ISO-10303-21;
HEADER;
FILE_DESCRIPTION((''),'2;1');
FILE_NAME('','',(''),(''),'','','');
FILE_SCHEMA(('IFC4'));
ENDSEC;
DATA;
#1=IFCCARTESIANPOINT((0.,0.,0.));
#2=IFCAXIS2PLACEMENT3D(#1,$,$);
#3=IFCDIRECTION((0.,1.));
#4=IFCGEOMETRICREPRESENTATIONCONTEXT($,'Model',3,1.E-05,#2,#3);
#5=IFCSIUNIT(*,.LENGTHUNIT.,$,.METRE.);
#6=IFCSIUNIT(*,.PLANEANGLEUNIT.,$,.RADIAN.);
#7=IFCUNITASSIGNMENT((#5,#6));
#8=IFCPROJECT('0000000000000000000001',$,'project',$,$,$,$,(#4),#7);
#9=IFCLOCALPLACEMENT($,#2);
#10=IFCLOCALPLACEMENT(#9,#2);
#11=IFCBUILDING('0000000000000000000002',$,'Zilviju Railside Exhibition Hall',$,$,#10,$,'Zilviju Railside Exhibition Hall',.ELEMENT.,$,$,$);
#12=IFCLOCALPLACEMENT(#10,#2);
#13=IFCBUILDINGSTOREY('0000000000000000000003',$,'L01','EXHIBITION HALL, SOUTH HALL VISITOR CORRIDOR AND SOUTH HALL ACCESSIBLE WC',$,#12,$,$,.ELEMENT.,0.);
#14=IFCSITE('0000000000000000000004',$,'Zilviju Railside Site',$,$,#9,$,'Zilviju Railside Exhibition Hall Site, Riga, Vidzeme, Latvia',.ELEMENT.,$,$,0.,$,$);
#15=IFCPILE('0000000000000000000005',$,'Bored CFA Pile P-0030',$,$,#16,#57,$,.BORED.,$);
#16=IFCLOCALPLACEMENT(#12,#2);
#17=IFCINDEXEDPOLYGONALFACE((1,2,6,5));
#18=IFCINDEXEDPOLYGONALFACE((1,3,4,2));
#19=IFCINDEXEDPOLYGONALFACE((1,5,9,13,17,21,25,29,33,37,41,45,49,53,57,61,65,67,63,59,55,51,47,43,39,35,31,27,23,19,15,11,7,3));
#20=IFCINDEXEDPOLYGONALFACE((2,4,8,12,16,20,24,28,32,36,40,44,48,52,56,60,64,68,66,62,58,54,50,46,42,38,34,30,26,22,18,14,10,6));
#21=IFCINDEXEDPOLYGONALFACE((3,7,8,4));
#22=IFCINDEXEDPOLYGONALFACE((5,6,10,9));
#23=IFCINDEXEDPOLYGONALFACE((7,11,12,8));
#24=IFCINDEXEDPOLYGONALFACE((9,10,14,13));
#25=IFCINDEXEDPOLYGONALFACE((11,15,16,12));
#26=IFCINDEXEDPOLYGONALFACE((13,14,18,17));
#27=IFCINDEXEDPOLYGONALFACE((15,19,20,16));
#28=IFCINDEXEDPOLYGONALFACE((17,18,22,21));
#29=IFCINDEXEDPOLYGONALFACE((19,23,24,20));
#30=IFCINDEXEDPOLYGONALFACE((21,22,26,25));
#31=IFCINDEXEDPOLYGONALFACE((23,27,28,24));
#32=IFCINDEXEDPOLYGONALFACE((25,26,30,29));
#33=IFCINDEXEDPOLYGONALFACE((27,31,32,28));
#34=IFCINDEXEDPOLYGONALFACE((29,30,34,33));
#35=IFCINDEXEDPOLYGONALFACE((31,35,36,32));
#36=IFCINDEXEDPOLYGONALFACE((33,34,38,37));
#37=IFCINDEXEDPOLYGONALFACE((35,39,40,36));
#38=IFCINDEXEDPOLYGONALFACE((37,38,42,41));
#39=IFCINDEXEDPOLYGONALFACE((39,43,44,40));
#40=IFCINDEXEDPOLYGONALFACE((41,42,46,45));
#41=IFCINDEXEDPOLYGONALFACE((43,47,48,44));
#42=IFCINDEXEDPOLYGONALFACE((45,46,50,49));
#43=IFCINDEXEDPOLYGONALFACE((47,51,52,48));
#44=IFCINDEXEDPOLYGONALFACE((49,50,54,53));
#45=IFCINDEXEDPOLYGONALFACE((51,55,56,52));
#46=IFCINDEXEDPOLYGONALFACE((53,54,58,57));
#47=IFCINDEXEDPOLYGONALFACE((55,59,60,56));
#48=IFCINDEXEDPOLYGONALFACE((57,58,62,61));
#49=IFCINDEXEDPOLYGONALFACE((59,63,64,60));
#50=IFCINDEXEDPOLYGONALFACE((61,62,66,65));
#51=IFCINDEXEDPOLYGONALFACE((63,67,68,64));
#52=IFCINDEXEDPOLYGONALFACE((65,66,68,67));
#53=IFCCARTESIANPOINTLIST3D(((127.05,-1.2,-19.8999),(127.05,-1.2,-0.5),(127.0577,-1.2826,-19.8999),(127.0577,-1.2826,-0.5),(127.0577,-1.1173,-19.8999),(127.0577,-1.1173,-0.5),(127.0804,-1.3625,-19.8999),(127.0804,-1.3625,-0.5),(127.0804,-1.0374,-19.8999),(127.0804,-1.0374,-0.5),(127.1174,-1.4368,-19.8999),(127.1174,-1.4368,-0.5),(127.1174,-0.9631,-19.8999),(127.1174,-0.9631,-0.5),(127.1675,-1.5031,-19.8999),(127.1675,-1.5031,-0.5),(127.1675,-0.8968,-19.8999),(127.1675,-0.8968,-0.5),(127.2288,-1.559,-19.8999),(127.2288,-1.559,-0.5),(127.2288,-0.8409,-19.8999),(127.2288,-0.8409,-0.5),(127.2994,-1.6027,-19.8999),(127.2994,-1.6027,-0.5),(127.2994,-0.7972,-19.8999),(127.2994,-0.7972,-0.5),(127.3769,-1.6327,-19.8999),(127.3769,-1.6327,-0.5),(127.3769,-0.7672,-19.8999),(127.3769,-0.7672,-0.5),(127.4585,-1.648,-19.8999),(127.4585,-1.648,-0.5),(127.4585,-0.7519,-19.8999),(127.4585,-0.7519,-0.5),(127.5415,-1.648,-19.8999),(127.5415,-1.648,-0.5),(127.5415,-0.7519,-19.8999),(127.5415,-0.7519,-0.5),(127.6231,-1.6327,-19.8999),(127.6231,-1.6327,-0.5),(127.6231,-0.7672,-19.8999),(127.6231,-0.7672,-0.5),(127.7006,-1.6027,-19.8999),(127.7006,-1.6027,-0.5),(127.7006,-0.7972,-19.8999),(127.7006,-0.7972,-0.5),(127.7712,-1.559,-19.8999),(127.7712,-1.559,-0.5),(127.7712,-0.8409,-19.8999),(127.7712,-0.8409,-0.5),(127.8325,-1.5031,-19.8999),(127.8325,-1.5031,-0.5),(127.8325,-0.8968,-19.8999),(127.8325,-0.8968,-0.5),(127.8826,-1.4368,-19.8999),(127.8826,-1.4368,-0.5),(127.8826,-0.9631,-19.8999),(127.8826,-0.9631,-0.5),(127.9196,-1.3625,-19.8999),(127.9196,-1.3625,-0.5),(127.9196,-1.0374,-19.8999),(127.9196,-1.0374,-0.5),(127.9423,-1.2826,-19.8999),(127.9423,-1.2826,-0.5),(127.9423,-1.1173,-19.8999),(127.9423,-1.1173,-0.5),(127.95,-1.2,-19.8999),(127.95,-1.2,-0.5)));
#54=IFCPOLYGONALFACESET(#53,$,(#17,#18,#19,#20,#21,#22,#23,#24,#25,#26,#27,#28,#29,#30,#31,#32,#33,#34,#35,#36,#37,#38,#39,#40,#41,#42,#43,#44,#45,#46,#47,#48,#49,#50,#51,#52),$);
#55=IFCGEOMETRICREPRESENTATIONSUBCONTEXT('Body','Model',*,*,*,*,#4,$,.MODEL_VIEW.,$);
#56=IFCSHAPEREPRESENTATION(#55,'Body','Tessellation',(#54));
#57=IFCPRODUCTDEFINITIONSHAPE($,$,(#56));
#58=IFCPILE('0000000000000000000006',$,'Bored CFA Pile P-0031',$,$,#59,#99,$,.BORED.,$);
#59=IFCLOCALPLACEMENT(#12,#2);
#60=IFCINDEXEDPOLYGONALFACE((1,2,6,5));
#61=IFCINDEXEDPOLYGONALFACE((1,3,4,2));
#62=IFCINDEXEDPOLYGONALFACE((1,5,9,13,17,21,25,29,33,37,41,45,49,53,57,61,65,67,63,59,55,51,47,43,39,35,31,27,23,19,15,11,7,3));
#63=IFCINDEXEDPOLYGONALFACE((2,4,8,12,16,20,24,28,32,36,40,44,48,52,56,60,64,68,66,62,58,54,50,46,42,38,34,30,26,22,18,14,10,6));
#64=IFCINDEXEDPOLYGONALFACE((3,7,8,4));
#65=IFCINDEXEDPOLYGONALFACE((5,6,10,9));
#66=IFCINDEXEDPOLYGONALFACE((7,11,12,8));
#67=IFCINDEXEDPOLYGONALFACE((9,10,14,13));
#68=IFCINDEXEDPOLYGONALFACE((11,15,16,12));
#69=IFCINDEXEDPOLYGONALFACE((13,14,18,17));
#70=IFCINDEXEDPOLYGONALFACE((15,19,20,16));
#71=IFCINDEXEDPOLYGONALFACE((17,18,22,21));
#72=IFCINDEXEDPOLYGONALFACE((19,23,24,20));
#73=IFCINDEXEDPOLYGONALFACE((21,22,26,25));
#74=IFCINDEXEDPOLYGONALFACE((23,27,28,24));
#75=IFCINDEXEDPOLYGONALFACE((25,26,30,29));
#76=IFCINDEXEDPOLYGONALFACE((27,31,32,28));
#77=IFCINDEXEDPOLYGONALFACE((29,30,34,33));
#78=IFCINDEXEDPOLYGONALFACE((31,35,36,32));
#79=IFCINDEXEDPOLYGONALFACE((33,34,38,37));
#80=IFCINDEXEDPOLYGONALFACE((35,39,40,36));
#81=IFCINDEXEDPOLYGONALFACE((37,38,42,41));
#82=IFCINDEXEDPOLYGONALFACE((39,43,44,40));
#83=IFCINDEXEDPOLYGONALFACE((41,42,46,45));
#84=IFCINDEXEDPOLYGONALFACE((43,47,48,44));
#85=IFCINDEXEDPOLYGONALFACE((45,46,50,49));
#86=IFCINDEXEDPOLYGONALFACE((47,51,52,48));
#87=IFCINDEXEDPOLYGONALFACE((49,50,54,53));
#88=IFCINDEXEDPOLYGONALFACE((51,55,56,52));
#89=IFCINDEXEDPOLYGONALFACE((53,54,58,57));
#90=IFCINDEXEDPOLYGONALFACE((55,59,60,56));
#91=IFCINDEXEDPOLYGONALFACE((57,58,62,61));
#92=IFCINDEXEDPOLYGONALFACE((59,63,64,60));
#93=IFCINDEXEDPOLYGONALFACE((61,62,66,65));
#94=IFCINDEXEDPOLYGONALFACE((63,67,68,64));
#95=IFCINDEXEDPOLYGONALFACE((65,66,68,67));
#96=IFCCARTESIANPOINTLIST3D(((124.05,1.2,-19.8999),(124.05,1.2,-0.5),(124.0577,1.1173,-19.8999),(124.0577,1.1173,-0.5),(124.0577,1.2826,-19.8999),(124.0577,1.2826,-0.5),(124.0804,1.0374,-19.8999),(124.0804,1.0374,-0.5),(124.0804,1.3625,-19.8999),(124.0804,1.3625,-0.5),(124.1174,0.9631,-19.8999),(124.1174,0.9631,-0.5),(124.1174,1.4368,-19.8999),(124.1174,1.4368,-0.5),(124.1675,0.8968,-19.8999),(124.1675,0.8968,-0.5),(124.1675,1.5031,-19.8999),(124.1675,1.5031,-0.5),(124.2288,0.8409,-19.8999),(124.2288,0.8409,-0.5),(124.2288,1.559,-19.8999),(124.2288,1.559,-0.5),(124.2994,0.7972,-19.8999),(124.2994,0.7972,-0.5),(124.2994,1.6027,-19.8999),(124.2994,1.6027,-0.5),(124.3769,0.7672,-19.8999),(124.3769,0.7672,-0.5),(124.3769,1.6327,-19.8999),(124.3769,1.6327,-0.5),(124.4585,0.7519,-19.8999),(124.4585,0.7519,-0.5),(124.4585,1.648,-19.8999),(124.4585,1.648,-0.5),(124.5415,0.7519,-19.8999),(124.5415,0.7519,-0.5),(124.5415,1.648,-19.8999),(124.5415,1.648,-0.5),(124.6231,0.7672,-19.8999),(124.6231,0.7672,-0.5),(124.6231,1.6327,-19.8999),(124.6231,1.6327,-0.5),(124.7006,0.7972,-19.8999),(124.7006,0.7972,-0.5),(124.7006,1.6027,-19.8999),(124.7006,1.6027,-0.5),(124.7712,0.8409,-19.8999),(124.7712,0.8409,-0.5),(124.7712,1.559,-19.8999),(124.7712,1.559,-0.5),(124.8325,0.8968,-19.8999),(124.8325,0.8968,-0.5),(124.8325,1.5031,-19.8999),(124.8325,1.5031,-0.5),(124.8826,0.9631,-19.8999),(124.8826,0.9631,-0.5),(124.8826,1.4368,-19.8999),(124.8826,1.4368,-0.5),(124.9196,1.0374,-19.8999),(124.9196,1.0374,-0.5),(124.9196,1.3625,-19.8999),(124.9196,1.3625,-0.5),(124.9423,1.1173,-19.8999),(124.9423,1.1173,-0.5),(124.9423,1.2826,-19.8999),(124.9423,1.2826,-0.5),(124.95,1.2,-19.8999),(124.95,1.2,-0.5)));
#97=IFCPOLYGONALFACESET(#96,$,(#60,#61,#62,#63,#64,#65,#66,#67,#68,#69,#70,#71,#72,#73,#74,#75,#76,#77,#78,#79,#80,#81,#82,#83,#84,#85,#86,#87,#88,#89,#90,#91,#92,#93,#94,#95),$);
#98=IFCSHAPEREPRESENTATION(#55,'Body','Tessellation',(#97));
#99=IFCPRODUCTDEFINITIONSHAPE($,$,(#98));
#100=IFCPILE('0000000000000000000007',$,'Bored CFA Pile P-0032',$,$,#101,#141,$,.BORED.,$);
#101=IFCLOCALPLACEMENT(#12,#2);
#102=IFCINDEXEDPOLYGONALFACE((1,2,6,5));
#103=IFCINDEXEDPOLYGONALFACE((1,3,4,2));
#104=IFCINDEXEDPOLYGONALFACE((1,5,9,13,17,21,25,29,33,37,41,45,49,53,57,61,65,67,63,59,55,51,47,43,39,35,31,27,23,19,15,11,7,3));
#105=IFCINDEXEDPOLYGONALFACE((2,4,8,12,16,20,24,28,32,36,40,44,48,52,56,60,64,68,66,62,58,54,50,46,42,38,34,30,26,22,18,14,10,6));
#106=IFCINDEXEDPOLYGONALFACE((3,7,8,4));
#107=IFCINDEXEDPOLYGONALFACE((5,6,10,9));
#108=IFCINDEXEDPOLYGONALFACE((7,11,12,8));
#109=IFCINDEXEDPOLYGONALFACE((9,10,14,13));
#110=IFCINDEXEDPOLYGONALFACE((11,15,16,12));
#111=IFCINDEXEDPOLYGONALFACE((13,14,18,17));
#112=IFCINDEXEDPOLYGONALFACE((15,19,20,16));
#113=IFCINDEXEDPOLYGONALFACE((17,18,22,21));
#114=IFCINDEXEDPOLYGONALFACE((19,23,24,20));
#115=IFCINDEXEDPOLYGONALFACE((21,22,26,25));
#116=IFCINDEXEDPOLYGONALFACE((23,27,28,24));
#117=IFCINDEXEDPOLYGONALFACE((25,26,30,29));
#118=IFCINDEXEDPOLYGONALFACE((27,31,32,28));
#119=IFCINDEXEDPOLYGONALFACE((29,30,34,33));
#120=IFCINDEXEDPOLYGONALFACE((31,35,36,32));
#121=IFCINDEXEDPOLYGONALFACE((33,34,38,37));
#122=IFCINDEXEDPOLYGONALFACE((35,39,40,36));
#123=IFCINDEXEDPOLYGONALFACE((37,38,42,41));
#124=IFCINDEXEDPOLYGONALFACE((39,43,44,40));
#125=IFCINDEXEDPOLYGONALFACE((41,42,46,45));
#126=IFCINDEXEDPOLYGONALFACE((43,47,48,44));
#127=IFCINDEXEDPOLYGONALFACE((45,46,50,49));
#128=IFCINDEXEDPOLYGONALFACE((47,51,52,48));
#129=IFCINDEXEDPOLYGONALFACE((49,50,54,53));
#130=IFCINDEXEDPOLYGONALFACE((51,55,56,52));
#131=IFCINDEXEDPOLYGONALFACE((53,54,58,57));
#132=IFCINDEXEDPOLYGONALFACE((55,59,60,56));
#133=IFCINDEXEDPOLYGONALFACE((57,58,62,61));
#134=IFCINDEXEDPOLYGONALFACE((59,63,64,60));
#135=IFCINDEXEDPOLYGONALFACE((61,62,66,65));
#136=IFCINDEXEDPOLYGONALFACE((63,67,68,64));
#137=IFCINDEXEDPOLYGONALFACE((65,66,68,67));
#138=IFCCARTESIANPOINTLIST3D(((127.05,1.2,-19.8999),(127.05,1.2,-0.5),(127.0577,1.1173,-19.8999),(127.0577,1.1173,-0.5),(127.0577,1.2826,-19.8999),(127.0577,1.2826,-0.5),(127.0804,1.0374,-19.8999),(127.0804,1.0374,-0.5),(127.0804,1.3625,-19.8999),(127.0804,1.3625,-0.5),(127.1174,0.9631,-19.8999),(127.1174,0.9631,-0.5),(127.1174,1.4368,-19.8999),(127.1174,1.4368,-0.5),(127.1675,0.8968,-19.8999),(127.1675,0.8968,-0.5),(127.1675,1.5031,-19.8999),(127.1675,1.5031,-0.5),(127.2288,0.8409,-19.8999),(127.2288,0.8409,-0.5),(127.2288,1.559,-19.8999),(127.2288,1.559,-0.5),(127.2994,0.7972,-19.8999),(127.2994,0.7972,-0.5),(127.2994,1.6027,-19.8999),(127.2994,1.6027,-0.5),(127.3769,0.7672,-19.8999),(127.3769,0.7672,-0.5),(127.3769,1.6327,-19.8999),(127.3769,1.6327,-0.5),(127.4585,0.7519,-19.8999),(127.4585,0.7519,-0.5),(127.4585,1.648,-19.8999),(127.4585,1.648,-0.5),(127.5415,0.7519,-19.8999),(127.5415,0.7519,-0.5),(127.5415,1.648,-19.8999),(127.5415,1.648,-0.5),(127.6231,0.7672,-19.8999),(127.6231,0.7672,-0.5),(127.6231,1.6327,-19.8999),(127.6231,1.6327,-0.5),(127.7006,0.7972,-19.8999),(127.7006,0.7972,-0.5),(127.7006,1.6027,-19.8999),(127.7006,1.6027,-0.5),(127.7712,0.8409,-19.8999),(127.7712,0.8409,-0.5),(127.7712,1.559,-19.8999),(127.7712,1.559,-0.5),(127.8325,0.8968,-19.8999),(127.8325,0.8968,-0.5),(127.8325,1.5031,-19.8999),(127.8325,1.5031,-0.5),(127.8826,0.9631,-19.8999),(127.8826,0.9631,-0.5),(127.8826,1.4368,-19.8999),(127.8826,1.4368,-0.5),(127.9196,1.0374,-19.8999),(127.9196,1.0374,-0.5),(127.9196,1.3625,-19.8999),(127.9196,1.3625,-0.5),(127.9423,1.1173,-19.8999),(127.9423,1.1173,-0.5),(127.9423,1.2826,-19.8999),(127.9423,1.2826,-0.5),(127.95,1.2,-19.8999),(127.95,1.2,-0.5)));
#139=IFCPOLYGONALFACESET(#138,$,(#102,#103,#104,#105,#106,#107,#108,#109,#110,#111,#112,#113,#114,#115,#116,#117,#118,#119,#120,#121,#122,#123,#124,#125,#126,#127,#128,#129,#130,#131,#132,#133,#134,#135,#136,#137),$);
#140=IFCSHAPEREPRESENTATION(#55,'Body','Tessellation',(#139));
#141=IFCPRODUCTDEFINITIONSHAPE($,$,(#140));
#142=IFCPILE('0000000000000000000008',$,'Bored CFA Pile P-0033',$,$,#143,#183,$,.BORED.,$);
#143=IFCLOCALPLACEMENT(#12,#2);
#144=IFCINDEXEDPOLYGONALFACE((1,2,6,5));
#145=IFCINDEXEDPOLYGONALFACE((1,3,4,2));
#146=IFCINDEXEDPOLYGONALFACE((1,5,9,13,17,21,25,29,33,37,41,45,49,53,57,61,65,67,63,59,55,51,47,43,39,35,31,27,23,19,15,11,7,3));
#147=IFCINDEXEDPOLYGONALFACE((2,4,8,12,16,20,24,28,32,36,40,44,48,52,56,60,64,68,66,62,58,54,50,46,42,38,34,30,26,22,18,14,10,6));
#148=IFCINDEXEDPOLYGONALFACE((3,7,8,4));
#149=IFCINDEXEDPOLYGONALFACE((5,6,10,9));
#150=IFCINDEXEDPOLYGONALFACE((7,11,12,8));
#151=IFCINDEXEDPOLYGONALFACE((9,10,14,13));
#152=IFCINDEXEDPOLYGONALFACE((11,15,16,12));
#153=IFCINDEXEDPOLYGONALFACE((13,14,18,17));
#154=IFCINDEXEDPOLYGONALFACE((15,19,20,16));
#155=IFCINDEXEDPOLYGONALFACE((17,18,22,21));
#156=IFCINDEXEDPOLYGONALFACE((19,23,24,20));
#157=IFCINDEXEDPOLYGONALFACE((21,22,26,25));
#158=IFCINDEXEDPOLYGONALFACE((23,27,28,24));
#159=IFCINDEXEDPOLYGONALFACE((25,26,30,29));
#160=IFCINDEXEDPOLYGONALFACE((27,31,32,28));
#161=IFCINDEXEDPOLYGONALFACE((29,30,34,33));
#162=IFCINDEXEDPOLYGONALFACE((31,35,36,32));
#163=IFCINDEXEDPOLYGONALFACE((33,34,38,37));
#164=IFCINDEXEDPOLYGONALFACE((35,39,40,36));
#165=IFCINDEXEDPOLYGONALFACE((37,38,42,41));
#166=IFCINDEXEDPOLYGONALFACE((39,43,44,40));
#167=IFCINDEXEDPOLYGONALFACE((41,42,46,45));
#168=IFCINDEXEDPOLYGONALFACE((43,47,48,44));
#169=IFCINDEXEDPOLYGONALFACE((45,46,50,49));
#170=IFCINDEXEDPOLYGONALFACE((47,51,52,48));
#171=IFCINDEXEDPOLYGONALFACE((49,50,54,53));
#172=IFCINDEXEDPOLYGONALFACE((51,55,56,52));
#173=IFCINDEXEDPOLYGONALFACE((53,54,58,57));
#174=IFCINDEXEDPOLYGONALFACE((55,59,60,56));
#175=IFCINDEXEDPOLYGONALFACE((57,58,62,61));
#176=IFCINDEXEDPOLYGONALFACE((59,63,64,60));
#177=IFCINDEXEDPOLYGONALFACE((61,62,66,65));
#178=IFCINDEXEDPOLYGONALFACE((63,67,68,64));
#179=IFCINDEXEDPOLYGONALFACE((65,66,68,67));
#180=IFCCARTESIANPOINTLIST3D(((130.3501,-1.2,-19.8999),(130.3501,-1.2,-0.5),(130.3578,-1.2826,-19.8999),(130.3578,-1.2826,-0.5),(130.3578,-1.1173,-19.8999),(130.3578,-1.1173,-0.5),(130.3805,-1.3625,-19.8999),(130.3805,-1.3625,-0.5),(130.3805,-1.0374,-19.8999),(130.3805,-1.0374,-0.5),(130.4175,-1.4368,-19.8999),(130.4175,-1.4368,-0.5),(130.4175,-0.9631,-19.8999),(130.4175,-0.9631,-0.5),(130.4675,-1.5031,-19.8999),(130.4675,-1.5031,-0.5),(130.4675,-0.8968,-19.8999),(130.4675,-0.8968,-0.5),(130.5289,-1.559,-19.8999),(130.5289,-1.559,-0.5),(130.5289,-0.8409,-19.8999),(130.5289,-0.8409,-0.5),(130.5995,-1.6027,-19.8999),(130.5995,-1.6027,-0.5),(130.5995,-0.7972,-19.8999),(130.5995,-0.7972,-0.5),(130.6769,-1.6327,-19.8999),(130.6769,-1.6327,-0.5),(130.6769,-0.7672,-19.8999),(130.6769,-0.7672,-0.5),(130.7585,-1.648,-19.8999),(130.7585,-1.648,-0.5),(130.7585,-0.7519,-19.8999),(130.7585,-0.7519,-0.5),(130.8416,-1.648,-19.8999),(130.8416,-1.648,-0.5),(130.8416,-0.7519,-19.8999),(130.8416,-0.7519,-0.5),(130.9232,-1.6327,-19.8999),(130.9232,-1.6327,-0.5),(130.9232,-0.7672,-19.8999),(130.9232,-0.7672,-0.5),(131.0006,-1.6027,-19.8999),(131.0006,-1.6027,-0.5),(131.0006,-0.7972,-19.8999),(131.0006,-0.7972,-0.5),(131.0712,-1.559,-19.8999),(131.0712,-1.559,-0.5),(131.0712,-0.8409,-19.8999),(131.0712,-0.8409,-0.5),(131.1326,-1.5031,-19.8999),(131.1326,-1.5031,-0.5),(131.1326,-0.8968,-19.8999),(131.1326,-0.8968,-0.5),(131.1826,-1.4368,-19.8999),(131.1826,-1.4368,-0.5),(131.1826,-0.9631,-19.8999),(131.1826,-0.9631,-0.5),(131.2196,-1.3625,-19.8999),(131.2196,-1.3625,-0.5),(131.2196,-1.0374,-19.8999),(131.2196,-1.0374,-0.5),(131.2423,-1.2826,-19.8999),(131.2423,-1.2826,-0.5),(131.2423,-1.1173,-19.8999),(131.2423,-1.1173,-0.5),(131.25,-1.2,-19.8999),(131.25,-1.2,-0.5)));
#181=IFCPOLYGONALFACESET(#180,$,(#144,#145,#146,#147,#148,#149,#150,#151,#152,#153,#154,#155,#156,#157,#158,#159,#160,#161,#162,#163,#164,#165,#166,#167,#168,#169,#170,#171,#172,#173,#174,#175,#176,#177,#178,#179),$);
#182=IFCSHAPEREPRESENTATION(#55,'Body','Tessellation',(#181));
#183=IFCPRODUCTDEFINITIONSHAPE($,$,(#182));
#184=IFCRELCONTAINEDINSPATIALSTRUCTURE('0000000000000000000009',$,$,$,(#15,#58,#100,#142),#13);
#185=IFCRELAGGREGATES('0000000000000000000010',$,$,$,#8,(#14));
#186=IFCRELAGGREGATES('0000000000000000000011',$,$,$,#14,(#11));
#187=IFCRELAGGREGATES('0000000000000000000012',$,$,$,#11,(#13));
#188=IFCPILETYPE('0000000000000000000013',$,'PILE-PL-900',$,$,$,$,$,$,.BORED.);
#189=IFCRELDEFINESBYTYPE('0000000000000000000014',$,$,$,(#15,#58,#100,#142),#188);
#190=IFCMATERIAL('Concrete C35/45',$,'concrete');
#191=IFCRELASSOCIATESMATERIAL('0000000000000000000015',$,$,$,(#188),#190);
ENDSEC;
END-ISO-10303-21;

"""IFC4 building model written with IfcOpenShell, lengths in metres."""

from ifc_helpers import new_model, si_unit, direction, frame, origin, origin_2d, place, context, subcontext, project, spatial, circle, extrude, material, material_profile, profile_set, type_object, element, save


model = new_model("IFC4")

# Units and contexts
model_context = context("Model", 3, precision=1e-05, world=origin(), true_north=direction((0.0, 1.0)))
body_context = subcontext(model_context, "Body", "Model", "MODEL_VIEW")
ifc_project = project(units=[si_unit("LENGTHUNIT", "METRE"), si_unit("PLANEANGLEUNIT", "RADIAN")], contexts=[model_context])

# Site, building, storey
site_placement = place(None, origin())
site = spatial("IfcSite", under=ifc_project, at=site_placement, Name="Zilviju Railside Site", LongName="Zilviju Railside Exhibition Hall Site, Riga, Vidzeme, Latvia", CompositionType="ELEMENT", RefElevation=0.0)
building_placement = place(site_placement, origin())
building = spatial("IfcBuilding", under=site, at=building_placement, Name="Zilviju Railside Exhibition Hall", LongName="Zilviju Railside Exhibition Hall", CompositionType="ELEMENT")
storey_placement = place(building_placement, origin())
storey = spatial("IfcBuildingStorey", under=building, at=storey_placement, Name="L01", Description="EXHIBITION HALL, SOUTH HALL VISITOR CORRIDOR AND SOUTH HALL ACCESSIBLE WC", CompositionType="ELEMENT", Elevation=0.0)

# Shared definitions
ifc_material_1 = material(Name="Concrete C35/45", Category="concrete")

# Piles
ifc_material_profile_1 = material_profile(ifc_material_1, circle(Radius=0.45, at=origin_2d()), Name="CFA PILE D900")
ifc_profile_set_1 = profile_set([ifc_material_profile_1], Name="Concrete C35/45")
pile_type_1 = type_object("IfcPileType", Name="PILE-PL-900", PredefinedType="BORED", material=ifc_profile_set_1)
for number, where, z_axis, x_axis, name in (
    (1, (127.5, -1.2, -0.5), (0.0, 0.0, -1.0), (1.0, 0.0, 0.0), "Bored CFA Pile P-0030"),
    (2, (124.5, 1.2, -0.5), (0.0, 0.0, -1.0), (1.0, 0.0, 0.0), "Bored CFA Pile P-0031"),
    (3, (127.5, 1.2, -0.5), (0.0, 0.0, -1.0), (1.0, 0.0, 0.0), "Bored CFA Pile P-0032"),
    (4, (130.8, -1.2, -0.5), (0.0, 0.0, -1.0), (1.0, 0.0, 0.0), "Bored CFA Pile P-0033"),
):
    element("IfcPile", number, at=place(storey_placement, frame(where, z_axis=z_axis, x_axis=x_axis)), inside=storey, type_object=pile_type_1, Name=name, PredefinedType="BORED", context=body_context, shape_type="SweptSolid", body=[
        extrude(circle(Radius=0.45, at=origin_2d()), origin(), (0.0, 0.0, 1.0), 19.3999),
    ])

save(model, "model.ifc")
